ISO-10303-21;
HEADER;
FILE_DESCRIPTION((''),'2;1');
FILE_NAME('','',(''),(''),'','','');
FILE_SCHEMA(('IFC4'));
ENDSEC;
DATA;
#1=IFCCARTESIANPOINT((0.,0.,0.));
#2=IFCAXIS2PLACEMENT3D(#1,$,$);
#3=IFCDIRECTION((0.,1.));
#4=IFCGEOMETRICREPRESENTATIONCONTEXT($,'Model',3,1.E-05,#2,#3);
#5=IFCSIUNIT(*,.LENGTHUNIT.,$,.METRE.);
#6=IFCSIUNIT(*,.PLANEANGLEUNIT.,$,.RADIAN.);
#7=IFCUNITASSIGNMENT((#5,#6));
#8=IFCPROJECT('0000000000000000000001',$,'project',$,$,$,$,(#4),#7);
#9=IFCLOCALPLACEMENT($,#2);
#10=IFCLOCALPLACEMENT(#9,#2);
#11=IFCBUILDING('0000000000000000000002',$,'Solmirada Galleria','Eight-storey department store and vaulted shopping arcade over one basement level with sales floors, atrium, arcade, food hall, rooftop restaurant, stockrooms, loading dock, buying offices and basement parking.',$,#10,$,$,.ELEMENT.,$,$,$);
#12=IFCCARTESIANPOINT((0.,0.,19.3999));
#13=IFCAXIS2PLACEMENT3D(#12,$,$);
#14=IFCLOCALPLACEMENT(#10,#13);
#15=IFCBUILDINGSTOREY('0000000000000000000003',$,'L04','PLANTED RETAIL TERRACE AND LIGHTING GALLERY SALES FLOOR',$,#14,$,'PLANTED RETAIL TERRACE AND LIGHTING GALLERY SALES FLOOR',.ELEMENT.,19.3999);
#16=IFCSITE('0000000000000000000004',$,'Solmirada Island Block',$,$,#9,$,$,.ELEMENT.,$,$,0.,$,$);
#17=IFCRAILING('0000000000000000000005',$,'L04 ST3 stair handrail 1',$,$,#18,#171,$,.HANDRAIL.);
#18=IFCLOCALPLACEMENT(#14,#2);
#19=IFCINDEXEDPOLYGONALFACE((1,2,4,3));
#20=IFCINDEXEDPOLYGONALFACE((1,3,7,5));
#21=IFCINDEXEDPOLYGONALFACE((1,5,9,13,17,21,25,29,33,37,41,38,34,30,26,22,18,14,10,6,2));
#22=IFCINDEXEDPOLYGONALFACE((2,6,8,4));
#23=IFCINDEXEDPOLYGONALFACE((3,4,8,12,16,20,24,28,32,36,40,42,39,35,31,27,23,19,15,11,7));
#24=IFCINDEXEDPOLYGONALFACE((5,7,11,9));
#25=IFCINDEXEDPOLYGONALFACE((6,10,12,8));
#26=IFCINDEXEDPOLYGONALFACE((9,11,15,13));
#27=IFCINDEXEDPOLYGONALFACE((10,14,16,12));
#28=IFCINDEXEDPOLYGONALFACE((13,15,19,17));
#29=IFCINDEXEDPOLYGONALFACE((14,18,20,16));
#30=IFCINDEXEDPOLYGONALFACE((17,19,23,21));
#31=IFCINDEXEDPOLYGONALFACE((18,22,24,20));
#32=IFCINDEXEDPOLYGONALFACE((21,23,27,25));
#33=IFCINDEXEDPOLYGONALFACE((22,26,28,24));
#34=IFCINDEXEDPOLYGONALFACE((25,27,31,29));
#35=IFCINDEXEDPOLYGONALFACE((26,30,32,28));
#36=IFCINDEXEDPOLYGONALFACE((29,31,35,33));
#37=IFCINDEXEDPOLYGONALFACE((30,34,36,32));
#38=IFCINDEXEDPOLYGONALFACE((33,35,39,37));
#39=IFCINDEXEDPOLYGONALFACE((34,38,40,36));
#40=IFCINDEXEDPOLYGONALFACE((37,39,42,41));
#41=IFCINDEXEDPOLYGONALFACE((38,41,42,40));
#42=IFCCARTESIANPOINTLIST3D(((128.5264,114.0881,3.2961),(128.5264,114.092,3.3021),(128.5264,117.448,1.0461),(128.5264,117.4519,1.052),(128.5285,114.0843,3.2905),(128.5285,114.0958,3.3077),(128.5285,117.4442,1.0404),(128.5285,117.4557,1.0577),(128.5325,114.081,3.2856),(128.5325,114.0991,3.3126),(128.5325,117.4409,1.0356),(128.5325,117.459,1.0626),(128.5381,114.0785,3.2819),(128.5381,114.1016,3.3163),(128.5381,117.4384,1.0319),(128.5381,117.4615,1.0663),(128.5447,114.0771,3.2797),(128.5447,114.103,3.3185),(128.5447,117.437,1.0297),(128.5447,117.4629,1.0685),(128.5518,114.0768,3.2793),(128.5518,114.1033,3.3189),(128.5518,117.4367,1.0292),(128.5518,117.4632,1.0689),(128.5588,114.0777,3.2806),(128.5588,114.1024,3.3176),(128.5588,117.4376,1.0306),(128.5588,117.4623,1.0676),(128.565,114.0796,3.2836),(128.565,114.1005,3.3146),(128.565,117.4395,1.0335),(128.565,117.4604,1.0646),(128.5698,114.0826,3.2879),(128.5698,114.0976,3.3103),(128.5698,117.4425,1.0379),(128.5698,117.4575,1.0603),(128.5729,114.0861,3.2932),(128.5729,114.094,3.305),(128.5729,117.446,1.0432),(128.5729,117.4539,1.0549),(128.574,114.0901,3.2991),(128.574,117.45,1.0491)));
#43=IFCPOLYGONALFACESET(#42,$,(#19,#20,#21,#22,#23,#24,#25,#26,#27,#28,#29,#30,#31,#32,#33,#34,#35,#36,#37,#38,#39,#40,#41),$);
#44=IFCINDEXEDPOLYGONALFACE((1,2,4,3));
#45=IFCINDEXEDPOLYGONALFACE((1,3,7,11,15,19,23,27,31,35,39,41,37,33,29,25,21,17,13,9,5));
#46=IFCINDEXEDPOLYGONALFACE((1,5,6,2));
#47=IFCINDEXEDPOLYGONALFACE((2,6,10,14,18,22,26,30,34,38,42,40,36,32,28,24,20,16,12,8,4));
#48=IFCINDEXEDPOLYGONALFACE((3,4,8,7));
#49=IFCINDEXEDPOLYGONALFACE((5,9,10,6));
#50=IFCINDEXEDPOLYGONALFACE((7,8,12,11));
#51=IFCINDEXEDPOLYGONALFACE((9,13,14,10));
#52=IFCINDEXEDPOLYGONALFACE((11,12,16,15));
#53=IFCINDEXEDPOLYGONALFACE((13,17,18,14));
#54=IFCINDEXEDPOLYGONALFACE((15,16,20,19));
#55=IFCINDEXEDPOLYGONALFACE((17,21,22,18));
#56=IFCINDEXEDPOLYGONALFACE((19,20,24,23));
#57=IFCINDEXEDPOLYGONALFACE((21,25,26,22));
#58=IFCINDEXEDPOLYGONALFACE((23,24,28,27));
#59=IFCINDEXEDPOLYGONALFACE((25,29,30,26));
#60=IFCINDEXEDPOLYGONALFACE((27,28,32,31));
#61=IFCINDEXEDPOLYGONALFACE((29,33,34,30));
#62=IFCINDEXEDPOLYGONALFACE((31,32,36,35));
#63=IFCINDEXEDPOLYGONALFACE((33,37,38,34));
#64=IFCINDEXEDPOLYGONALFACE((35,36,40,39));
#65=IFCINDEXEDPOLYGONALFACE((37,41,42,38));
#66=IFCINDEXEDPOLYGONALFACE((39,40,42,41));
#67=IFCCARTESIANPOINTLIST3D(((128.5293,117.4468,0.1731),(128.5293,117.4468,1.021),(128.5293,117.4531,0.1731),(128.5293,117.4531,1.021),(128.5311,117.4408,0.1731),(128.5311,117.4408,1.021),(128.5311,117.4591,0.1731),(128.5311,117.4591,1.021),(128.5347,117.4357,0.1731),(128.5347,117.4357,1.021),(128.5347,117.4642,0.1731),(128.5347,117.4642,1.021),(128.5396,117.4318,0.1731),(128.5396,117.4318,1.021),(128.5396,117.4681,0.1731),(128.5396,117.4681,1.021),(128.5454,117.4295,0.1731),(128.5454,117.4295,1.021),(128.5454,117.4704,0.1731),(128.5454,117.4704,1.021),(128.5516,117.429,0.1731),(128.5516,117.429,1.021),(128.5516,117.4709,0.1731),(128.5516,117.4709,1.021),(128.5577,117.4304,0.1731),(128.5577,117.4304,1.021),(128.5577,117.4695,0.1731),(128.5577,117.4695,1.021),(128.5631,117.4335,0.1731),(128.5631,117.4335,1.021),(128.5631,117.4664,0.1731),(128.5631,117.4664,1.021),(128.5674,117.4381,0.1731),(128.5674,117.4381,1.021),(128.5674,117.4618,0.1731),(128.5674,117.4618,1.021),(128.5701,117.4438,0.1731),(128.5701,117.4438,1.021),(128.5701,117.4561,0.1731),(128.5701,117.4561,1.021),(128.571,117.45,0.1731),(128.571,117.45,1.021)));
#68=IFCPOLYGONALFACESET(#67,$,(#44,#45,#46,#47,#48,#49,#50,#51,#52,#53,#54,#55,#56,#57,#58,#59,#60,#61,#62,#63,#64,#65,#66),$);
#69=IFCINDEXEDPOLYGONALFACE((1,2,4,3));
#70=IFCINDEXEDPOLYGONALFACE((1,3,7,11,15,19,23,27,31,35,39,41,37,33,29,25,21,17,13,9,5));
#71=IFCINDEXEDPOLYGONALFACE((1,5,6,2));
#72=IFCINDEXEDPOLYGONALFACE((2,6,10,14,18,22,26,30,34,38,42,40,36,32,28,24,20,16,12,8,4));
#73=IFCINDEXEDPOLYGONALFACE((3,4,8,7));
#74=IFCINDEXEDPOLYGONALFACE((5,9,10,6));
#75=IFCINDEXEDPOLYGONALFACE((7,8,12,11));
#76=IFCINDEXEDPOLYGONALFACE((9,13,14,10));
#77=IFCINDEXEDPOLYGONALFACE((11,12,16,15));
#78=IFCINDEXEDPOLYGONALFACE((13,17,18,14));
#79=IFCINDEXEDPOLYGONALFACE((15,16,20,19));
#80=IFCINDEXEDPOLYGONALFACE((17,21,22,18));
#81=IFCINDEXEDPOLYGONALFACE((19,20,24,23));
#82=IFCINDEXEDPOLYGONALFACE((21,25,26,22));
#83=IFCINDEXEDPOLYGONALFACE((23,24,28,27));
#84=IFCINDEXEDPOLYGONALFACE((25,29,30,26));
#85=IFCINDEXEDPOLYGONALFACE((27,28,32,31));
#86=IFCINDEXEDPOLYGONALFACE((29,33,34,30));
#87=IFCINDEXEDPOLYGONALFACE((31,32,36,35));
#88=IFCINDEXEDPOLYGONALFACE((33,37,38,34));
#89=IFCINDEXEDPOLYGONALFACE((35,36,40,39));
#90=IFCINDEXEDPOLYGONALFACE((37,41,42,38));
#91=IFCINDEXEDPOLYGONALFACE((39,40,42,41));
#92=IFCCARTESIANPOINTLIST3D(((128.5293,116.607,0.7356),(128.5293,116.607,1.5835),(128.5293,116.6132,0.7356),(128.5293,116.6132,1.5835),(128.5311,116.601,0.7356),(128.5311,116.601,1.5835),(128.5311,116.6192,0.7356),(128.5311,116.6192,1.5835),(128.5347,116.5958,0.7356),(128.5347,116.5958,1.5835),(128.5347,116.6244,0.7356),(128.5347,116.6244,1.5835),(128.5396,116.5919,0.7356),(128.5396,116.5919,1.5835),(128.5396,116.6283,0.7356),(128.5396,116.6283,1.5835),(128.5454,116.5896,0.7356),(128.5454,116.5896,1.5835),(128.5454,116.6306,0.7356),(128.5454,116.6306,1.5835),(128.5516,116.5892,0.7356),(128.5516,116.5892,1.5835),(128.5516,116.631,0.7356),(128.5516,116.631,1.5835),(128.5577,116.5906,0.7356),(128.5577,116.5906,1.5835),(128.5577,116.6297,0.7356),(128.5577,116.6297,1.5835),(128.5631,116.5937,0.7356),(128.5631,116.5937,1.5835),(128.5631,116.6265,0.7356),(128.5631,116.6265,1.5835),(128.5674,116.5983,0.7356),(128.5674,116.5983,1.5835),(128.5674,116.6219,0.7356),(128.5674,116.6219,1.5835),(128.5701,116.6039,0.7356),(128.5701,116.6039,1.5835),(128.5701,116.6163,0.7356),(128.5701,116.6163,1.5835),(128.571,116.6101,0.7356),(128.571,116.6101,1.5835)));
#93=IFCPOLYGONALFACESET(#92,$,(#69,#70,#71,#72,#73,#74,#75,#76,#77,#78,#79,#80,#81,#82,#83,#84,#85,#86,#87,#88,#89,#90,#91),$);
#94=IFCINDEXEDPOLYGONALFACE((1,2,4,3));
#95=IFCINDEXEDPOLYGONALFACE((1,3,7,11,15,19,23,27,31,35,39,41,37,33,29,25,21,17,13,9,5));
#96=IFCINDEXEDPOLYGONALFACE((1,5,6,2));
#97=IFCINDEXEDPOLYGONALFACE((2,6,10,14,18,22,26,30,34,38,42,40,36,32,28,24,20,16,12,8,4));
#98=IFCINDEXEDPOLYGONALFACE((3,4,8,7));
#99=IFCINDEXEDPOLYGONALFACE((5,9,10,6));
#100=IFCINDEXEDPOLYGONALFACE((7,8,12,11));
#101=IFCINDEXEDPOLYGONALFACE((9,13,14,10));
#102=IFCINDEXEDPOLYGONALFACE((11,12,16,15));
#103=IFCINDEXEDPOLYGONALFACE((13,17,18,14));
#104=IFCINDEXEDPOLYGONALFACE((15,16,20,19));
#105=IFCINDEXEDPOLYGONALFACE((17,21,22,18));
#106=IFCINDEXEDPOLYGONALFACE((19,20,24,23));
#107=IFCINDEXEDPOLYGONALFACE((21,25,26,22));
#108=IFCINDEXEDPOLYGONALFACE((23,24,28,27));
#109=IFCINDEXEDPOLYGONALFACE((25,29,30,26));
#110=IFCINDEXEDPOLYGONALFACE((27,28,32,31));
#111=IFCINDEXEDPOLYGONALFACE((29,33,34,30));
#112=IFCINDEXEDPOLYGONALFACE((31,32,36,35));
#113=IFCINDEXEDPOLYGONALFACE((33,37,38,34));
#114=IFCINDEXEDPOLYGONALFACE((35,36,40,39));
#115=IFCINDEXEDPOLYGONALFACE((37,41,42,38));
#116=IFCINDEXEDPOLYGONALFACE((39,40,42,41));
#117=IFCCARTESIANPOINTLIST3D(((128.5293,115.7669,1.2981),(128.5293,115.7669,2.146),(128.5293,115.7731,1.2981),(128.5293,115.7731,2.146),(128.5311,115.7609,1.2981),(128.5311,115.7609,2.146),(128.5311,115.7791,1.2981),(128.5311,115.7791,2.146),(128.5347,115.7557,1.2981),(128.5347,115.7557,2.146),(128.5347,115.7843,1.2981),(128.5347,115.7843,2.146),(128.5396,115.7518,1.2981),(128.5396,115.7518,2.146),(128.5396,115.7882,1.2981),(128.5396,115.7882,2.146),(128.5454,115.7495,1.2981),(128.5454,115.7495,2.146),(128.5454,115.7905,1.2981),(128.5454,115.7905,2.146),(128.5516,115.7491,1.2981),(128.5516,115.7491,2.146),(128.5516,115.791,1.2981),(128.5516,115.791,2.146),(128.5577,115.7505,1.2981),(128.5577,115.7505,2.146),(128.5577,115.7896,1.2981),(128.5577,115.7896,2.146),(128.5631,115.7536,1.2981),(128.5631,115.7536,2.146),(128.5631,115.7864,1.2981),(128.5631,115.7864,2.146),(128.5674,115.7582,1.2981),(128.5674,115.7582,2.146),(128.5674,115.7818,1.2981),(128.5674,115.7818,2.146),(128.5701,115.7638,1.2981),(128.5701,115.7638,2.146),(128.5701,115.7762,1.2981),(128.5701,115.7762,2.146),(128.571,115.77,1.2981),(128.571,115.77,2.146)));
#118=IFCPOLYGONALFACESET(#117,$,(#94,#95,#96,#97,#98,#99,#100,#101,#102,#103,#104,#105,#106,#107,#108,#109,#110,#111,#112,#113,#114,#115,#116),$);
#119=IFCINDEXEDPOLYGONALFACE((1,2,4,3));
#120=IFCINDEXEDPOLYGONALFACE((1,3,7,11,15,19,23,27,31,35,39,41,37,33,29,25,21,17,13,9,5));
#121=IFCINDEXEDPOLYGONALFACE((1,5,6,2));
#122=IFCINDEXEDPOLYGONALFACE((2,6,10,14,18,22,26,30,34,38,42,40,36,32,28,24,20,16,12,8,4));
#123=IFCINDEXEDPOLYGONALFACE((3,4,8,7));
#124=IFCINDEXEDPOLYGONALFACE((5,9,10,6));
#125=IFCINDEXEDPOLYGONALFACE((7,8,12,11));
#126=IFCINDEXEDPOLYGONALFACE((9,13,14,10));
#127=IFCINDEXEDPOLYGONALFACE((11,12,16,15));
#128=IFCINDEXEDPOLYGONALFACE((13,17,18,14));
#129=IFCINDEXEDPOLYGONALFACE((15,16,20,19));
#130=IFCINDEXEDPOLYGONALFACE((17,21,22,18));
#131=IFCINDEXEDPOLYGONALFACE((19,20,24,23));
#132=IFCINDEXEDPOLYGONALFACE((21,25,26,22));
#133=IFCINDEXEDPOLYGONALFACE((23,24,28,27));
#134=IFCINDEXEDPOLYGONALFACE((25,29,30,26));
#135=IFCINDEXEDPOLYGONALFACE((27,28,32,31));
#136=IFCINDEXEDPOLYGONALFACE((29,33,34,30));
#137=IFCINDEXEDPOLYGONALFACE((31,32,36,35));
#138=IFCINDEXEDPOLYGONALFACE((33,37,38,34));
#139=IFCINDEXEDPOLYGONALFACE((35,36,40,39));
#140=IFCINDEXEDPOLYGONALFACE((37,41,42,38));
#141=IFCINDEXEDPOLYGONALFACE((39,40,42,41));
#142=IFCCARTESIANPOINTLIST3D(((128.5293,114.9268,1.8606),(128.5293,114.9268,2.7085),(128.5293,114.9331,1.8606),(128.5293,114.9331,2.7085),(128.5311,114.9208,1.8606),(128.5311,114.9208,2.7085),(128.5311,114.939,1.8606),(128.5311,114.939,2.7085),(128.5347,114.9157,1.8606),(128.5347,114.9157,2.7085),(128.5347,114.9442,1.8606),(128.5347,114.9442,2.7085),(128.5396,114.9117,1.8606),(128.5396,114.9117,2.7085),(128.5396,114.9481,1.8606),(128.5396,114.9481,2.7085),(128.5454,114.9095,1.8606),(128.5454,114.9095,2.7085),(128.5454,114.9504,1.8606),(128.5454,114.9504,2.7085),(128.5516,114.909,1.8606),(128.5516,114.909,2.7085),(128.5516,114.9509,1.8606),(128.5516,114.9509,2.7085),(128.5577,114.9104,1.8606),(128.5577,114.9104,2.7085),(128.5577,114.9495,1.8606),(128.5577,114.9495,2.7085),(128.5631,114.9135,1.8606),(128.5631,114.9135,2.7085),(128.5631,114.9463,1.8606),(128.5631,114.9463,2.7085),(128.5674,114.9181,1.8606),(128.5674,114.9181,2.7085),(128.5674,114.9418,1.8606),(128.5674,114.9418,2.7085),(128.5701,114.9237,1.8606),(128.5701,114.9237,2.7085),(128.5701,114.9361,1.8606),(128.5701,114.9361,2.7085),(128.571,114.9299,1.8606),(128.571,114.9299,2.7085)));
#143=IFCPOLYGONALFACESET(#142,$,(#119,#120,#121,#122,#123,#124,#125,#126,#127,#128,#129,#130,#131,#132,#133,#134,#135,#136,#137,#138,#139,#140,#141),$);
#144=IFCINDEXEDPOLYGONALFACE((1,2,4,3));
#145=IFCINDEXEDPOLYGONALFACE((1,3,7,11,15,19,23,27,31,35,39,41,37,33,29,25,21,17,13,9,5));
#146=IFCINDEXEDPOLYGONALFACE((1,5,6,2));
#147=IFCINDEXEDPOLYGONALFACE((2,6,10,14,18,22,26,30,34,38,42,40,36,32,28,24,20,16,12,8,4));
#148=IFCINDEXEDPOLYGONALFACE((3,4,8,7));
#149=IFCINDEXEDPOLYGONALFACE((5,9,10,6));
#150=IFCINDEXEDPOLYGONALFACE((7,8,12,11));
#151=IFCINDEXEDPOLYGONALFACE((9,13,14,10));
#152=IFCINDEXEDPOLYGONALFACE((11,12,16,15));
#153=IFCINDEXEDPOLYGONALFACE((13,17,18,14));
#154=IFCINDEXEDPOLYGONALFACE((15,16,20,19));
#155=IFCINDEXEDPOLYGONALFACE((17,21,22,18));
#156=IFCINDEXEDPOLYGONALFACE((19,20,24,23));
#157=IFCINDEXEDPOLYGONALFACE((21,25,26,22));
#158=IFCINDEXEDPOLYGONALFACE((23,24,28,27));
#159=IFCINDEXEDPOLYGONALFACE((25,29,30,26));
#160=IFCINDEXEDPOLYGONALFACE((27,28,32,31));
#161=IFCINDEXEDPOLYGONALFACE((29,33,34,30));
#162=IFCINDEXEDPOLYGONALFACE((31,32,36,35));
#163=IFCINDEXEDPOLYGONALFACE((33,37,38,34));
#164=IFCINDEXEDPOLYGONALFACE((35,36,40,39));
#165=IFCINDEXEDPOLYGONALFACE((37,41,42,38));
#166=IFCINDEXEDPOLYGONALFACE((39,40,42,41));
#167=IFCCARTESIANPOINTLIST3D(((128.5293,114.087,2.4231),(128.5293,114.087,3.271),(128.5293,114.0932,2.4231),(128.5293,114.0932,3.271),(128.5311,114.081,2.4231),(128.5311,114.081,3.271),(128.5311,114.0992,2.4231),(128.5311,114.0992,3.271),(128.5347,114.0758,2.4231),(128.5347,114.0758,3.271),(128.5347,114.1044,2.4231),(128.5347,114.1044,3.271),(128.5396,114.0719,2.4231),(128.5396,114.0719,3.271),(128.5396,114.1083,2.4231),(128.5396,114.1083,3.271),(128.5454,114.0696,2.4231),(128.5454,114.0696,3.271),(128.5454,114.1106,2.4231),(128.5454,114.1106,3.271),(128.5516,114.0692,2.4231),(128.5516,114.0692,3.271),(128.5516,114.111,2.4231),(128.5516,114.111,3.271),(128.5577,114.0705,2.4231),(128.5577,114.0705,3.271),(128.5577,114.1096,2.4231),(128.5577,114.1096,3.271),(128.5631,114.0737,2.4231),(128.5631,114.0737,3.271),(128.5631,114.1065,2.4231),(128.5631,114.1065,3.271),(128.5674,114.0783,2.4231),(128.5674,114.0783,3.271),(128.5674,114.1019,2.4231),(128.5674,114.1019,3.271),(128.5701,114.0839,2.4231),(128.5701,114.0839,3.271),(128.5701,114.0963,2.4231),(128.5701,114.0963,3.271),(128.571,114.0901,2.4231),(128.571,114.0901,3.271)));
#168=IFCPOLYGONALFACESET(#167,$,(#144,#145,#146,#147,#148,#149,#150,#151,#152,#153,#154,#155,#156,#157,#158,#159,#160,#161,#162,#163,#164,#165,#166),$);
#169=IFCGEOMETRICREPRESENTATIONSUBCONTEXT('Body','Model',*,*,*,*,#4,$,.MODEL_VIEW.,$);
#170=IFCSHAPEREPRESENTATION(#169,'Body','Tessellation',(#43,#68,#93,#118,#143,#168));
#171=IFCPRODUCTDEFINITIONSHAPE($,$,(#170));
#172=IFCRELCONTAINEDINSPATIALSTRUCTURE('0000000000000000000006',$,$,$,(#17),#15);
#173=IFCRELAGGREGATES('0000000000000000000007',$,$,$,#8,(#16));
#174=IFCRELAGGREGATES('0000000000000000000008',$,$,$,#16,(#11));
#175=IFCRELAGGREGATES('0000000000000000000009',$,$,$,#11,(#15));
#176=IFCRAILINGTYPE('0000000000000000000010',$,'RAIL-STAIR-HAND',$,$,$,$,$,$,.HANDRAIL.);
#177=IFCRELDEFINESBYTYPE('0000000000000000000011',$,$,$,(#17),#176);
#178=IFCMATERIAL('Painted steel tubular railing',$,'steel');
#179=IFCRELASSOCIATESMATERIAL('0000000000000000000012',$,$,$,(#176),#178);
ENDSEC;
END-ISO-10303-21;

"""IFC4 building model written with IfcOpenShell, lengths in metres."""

from ifc_helpers import new_model, si_unit, direction, frame, origin, origin_2d, place, context, subcontext, project, spatial, circle, extrude, material, type_object, element, save


model = new_model("IFC4")

# Units and contexts
model_context = context("Model", 3, precision=1e-05, world=origin(), true_north=direction((0.0, 1.0)))
body_context = subcontext(model_context, "Body", "Model", "MODEL_VIEW")
ifc_project = project(units=[si_unit("LENGTHUNIT", "METRE"), si_unit("PLANEANGLEUNIT", "RADIAN")], contexts=[model_context])

# Site, building, storey
site_placement = place(None, origin())
site = spatial("IfcSite", under=ifc_project, at=site_placement, Name="Solmirada Island Block", CompositionType="ELEMENT", RefElevation=0.0)
building_placement = place(site_placement, origin())
building = spatial("IfcBuilding", under=site, at=building_placement, Name="Solmirada Galleria", Description="Eight-storey department store and vaulted shopping arcade over one basement level with sales floors, atrium, arcade, food hall, rooftop restaurant, stockrooms, loading dock, buying offices and basement parking.", CompositionType="ELEMENT")
storey_placement = place(building_placement, frame((0.0, 0.0, 19.3999)))
storey = spatial("IfcBuildingStorey", under=building, at=storey_placement, Name="L04", Description="PLANTED RETAIL TERRACE AND LIGHTING GALLERY SALES FLOOR", LongName="PLANTED RETAIL TERRACE AND LIGHTING GALLERY SALES FLOOR", CompositionType="ELEMENT", Elevation=19.3999)

# Railing
ifc_material_1 = material(Name="Painted steel tubular railing", Category="steel")
railing_type_1 = type_object("IfcRailingType", Name="RAIL-STAIR-HAND", PredefinedType="HANDRAIL", material=ifc_material_1)
railing_1_placement = place(storey_placement, frame((128.55, 117.45, 0.1731)))
element("IfcRailing", 1, at=railing_1_placement, inside=storey, type_object=railing_type_1, Name="L04 ST3 stair handrail 1", PredefinedType="HANDRAIL", context=body_context, shape_type="SweptSolid", body=[
    extrude(circle(Radius=0.0239, at=origin_2d()), frame((0.0, 0.0, 0.876), z_axis=(0.0, -0.830897, 0.556427), x_axis=(1.0, 0.0, 0.0)), (0.0, 0.0, 1.0), 4.0437),
    extrude(circle(Radius=0.021, at=origin_2d()), origin(), (0.0, 0.0, 1.0), 0.8479),
    extrude(circle(Radius=0.021, at=origin_2d()), frame((0.0, -0.8398, 0.5625)), (0.0, 0.0, 1.0), 0.8479),
    extrude(circle(Radius=0.021, at=origin_2d()), frame((0.0, -1.6799, 1.125)), (0.0, 0.0, 1.0), 0.8479),
    extrude(circle(Radius=0.021, at=origin_2d()), frame((0.0, -2.52, 1.6875)), (0.0, 0.0, 1.0), 0.8479),
    extrude(circle(Radius=0.021, at=origin_2d()), frame((0.0, -3.3599, 2.25)), (0.0, 0.0, 1.0), 0.8479),
])

save(model, "model.ifc")
